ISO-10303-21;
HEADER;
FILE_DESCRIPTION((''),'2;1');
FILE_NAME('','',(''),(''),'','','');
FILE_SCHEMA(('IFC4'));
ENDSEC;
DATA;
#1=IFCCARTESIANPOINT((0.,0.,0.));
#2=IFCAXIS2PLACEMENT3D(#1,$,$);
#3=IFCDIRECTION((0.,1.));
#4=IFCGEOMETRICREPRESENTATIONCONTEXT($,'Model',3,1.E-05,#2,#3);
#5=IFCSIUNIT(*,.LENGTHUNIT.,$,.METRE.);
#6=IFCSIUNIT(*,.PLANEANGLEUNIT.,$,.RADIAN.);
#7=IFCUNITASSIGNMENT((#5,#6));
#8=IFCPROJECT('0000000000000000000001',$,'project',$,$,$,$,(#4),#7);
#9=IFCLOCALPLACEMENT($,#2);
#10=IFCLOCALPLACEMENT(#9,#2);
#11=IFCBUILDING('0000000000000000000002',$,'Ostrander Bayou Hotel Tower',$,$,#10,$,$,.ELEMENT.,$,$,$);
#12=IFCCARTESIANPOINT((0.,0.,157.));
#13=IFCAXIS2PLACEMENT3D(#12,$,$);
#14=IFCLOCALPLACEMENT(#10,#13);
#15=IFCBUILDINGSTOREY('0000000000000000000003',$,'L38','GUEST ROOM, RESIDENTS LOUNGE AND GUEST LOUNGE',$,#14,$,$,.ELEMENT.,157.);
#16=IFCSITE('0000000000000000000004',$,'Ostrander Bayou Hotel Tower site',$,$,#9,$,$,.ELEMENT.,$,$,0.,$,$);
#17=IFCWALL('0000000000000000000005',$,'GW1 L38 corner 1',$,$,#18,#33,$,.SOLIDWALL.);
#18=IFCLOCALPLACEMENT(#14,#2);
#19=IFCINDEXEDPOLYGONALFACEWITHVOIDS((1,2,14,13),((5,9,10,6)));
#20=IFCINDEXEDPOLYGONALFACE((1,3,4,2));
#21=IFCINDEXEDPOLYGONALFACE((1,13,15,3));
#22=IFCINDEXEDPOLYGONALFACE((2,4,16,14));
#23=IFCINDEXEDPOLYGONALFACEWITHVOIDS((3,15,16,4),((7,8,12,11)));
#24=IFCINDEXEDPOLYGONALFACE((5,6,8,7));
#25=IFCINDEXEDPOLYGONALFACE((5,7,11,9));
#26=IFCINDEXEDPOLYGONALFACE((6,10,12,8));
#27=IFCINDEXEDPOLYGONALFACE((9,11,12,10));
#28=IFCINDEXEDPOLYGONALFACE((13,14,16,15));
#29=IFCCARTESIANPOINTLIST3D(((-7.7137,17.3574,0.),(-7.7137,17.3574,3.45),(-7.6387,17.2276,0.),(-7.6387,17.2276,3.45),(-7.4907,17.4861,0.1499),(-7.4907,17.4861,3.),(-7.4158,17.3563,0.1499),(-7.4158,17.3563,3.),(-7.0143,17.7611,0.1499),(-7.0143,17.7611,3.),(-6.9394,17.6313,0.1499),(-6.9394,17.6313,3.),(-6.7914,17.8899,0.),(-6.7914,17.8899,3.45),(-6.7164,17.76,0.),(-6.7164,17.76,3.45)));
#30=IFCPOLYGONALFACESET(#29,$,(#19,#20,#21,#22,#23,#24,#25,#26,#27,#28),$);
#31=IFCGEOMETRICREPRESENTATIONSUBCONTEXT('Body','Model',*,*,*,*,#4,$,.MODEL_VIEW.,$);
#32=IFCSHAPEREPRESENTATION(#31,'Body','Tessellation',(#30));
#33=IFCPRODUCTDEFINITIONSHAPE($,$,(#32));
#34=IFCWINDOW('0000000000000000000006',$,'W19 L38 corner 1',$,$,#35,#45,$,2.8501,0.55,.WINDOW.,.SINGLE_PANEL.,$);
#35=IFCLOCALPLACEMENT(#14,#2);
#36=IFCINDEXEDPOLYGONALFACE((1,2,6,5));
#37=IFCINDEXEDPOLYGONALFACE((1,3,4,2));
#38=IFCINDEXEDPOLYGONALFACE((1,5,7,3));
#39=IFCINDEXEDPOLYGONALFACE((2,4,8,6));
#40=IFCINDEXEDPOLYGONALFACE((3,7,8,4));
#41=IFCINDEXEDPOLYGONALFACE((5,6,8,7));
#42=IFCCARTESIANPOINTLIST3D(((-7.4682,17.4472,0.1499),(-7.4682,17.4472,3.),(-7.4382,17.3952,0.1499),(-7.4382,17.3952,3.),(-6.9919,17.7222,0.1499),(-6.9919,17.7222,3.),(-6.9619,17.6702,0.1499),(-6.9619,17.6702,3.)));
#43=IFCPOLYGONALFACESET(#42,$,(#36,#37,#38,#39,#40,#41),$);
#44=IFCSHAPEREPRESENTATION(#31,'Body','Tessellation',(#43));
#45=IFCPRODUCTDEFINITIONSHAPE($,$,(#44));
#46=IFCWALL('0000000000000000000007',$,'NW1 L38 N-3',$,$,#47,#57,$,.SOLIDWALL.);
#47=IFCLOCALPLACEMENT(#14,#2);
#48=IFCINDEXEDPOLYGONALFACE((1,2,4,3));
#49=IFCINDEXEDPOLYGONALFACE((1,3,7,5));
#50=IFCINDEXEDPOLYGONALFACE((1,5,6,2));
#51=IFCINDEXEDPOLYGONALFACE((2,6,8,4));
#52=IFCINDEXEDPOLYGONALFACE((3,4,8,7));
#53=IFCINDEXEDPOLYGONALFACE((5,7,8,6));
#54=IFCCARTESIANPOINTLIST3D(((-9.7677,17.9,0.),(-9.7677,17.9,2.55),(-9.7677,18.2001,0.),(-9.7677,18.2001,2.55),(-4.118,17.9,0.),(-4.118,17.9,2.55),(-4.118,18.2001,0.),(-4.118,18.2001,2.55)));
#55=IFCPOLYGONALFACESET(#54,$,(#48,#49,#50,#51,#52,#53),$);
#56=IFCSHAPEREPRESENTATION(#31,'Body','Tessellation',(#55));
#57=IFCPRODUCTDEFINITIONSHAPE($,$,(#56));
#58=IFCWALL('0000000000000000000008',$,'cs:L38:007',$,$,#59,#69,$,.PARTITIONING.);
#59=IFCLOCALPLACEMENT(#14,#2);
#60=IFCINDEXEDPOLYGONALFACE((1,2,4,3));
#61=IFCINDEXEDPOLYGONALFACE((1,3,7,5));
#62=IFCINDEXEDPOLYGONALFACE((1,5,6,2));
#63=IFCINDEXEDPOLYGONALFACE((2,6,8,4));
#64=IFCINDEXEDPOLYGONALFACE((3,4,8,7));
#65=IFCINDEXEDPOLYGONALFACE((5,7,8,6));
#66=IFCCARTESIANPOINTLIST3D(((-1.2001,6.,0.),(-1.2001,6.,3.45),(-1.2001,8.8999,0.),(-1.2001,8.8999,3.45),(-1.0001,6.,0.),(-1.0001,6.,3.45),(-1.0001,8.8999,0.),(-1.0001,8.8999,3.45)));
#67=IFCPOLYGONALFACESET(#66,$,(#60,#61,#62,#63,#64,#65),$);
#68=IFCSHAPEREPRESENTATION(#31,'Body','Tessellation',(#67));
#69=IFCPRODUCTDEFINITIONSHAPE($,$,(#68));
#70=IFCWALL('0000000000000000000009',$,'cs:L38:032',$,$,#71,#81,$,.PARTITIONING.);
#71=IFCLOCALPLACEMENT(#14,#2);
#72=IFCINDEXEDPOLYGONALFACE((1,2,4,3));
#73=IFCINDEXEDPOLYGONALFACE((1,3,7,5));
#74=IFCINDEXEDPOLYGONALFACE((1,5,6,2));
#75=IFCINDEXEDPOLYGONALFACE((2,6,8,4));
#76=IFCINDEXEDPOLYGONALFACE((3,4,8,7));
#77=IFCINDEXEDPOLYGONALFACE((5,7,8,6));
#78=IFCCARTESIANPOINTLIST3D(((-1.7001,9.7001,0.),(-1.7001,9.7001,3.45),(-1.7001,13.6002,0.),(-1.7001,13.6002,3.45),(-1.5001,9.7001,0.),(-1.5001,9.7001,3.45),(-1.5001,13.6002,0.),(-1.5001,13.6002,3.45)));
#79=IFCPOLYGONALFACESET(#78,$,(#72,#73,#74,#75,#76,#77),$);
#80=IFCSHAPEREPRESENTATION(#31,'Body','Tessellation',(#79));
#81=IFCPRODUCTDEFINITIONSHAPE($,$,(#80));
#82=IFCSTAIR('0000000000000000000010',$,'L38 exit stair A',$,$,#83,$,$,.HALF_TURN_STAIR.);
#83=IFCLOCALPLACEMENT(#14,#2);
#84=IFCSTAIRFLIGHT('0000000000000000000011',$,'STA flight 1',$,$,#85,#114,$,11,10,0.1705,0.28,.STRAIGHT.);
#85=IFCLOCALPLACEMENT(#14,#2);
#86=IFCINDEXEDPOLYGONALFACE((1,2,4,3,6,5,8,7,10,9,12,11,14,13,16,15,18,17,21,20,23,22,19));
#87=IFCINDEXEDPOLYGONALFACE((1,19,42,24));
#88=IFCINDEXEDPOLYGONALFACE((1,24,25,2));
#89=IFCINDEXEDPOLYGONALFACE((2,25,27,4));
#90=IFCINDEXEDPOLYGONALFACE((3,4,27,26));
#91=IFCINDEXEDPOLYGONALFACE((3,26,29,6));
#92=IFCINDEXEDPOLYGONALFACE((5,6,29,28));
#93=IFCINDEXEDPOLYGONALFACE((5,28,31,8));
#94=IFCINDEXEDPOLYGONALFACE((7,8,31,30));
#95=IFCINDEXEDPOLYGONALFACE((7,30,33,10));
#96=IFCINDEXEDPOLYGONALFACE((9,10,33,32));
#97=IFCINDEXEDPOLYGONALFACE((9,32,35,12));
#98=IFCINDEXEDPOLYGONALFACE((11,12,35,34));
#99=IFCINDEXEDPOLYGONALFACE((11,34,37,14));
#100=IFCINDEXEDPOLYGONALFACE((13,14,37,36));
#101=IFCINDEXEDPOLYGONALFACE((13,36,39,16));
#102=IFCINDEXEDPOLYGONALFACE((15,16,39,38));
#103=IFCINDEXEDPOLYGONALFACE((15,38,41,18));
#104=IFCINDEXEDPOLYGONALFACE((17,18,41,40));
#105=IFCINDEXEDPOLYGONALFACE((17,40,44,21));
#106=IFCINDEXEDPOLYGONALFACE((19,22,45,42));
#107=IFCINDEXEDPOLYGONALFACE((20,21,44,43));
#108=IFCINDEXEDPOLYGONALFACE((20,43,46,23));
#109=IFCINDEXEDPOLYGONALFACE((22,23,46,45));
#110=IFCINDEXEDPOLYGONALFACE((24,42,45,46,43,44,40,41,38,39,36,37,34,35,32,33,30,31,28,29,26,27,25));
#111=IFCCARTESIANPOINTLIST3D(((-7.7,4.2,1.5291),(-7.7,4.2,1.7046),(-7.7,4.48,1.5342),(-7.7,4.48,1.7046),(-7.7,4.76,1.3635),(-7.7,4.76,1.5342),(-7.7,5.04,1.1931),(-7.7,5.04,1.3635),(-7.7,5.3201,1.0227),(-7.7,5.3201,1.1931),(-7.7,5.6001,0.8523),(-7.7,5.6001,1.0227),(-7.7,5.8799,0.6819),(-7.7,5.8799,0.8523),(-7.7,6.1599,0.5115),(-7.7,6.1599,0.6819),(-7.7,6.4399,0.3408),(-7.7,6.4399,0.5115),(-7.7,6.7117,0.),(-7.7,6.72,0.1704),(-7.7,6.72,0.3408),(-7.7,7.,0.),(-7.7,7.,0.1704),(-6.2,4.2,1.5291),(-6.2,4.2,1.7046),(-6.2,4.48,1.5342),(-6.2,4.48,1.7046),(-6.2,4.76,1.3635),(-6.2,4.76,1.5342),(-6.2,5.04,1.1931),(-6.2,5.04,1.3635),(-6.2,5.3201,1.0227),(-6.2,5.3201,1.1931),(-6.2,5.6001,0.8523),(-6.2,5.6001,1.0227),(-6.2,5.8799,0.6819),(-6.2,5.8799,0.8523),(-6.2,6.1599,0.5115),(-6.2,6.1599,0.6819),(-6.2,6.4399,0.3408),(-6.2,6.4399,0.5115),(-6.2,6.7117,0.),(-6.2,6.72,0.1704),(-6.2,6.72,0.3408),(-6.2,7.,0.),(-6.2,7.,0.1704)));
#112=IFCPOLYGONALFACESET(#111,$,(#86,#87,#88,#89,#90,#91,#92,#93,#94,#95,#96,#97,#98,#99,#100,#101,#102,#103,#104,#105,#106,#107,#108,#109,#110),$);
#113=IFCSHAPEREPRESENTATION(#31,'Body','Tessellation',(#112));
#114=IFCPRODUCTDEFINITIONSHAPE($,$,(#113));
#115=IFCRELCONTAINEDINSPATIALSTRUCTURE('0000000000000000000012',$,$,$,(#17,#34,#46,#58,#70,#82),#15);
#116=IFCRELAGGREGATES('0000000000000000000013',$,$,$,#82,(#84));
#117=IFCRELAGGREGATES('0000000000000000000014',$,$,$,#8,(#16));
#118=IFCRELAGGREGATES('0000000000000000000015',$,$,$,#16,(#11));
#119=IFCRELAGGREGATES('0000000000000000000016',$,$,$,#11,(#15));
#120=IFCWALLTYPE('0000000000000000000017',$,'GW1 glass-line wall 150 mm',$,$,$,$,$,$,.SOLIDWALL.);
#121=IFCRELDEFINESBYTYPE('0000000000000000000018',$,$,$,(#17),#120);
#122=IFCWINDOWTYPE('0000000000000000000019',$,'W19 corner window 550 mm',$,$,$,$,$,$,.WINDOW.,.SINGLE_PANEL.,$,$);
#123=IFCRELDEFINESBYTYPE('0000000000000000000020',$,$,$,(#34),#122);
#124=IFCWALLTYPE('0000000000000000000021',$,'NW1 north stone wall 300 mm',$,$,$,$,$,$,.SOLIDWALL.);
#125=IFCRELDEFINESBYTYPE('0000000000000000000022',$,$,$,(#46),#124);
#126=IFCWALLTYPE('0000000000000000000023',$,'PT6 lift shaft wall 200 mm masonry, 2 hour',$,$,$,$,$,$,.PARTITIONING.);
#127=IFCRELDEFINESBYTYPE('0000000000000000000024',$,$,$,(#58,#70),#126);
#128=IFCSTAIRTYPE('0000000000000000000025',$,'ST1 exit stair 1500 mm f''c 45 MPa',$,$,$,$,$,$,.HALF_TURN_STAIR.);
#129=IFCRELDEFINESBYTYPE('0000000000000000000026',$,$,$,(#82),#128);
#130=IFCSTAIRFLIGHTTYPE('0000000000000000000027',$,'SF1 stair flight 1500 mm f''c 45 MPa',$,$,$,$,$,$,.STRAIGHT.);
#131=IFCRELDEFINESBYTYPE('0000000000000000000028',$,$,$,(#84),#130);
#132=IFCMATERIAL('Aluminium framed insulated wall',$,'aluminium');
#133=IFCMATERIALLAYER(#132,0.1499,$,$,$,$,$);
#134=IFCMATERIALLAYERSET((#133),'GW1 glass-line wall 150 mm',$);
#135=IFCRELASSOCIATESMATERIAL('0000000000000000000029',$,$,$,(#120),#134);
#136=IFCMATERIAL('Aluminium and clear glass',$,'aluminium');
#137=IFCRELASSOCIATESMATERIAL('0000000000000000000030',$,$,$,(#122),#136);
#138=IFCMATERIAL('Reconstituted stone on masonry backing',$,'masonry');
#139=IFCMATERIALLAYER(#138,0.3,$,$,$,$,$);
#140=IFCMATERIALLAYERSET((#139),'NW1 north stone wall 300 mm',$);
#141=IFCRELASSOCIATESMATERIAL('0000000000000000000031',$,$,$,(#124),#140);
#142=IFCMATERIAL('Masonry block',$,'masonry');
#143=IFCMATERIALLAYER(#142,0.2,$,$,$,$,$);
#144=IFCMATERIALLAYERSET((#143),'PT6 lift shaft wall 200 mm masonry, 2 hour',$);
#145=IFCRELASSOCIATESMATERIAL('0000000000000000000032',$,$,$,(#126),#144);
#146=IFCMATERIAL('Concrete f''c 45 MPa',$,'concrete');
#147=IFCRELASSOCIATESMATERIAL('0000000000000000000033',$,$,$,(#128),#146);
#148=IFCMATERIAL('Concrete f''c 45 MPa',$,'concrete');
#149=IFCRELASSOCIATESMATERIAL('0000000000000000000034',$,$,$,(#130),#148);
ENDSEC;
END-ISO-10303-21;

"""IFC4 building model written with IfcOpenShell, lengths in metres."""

from ifc_helpers import new_model, si_unit, direction, frame, frame_2d, origin, place, context, subcontext, project, spatial, polyline, rectangle, outline, extrude, material, layer, layer_set, type_object, element, fill, aggregate, save


model = new_model("IFC4")

# Units and contexts
model_context = context("Model", 3, precision=1e-05, world=origin(), true_north=direction((0.0, 1.0)))
body_context = subcontext(model_context, "Body", "Model", "MODEL_VIEW")
ifc_project = project(units=[si_unit("LENGTHUNIT", "METRE"), si_unit("PLANEANGLEUNIT", "RADIAN")], contexts=[model_context])

# Site, building, storey
site_placement = place(None, origin())
site = spatial("IfcSite", under=ifc_project, at=site_placement, Name="Ostrander Bayou Hotel Tower site", CompositionType="ELEMENT", RefElevation=0.0)
building_placement = place(site_placement, origin())
building = spatial("IfcBuilding", under=site, at=building_placement, Name="Ostrander Bayou Hotel Tower", CompositionType="ELEMENT")
storey_placement = place(building_placement, frame((0.0, 0.0, 157.0)))
storey = spatial("IfcBuildingStorey", under=building, at=storey_placement, Name="L38", Description="GUEST ROOM, RESIDENTS LOUNGE AND GUEST LOUNGE", CompositionType="ELEMENT", Elevation=157.0)

# Shared definitions
ifc_material_1 = material(Name="Aluminium framed insulated wall", Category="aluminium")
ifc_layer_1 = layer(ifc_material_1, 0.1499)
ifc_layer_set_1 = layer_set([ifc_layer_1], Name="GW1 glass-line wall 150 mm")
wall_type_1 = type_object("IfcWallType", Name="GW1 glass-line wall 150 mm", PredefinedType="SOLIDWALL", material=ifc_layer_set_1)

# Wall, opening, window
wall_1_placement = place(storey_placement, frame((-6.7539, 17.825, 0.0), z_axis=(0.0, 0.0, 1.0), x_axis=(-0.866048, -0.499961, 0.0)))
wall_1 = element("IfcWall", 1, at=wall_1_placement, inside=storey, type_object=wall_type_1, Name="GW1 L38 corner 1", PredefinedType="SOLIDWALL", context=body_context, shape_type="SweptSolid", body=[
    extrude(rectangle(XDim=1.0649, YDim=0.1499, at=frame_2d((0.5325, 0.0))), origin(), (0.0, 0.0, 1.0), 3.45),
])
opening_1_placement = place(wall_1_placement, frame((0.2576, 0.0, 0.1499)))
opening_1 = element("IfcOpeningElement", 2, at=opening_1_placement, cuts=wall_1, PredefinedType="OPENING", context=body_context, shape_type="SweptSolid", body=[
    extrude(rectangle(XDim=0.55, YDim=2.8501, at=frame_2d((0.2749, 1.425))), frame((0.0, 0.075, 0.0), z_axis=(0.0, -1.0, 0.0), x_axis=(1.0, 0.0, 0.0)), (0.0, 0.0, 1.0), 0.1499),
])
ifc_material_2 = material(Name="Aluminium and clear glass", Category="aluminium")
window_type_1 = type_object("IfcWindowType", Name="W19 corner window 550 mm", PartitioningType="SINGLE_PANEL", PredefinedType="WINDOW", material=ifc_material_2)
window_1_placement = place(opening_1_placement, origin())
window_1 = element("IfcWindow", 3, at=window_1_placement, inside=storey, type_object=window_type_1, Name="W19 L38 corner 1", OverallHeight=2.8501, OverallWidth=0.55, PartitioningType="SINGLE_PANEL", PredefinedType="WINDOW", context=body_context, shape_type="SweptSolid", body=[
    extrude(rectangle(XDim=0.55, YDim=2.8501, at=frame_2d((0.2749, 1.425))), frame((0.0, 0.03, 0.0), z_axis=(0.0, -1.0, 0.0), x_axis=(1.0, 0.0, 0.0)), (0.0, 0.0, 1.0), 0.0601),
])
fill(opening_1, window_1)

# Wall
ifc_material_3 = material(Name="Reconstituted stone on masonry backing", Category="masonry")
ifc_layer_2 = layer(ifc_material_3, 0.3)
ifc_layer_set_2 = layer_set([ifc_layer_2], Name="NW1 north stone wall 300 mm")
wall_type_2 = type_object("IfcWallType", Name="NW1 north stone wall 300 mm", PredefinedType="SOLIDWALL", material=ifc_layer_set_2)
wall_2_placement = place(storey_placement, frame((-4.1182, 18.05, 0.0), z_axis=(0.0, 0.0, 1.0), x_axis=(-1.0, 0.0, 0.0)))
element("IfcWall", 4, at=wall_2_placement, inside=storey, type_object=wall_type_2, Name="NW1 L38 N-3", PredefinedType="SOLIDWALL", context=body_context, shape_type="SweptSolid", body=[
    extrude(rectangle(XDim=5.6497, YDim=0.3, at=frame_2d((2.8247, 0.0))), origin(), (0.0, 0.0, 1.0), 2.55),
])

# Shared definitions
ifc_material_4 = material(Name="Masonry block", Category="masonry")
ifc_layer_3 = layer(ifc_material_4, 0.2)
ifc_layer_set_3 = layer_set([ifc_layer_3], Name="PT6 lift shaft wall 200 mm masonry, 2 hour")
wall_type_3 = type_object("IfcWallType", Name="PT6 lift shaft wall 200 mm masonry, 2 hour", PredefinedType="PARTITIONING", material=ifc_layer_set_3)

# Walls
wall_3_placement = place(storey_placement, frame((-1.1001, 6.0, 0.0), z_axis=(0.0, 0.0, 1.0), x_axis=(0.0, 1.0, 0.0)))
element("IfcWall", 5, at=wall_3_placement, inside=storey, type_object=wall_type_3, Name="cs:L38:007", PredefinedType="PARTITIONING", context=body_context, shape_type="SweptSolid", body=[
    extrude(rectangle(XDim=2.8999, YDim=0.2, at=frame_2d((1.45, 0.0))), origin(), (0.0, 0.0, 1.0), 3.45),
])
wall_4_placement = place(storey_placement, frame((-1.6001, 9.7, 0.0), z_axis=(0.0, 0.0, 1.0), x_axis=(0.0, 1.0, 0.0)))
element("IfcWall", 6, at=wall_4_placement, inside=storey, type_object=wall_type_3, Name="cs:L38:032", PredefinedType="PARTITIONING", context=body_context, shape_type="SweptSolid", body=[
    extrude(rectangle(XDim=3.9001, YDim=0.2, at=frame_2d((1.9502, 0.0))), origin(), (0.0, 0.0, 1.0), 3.45),
])

# Stair, stair flight
ifc_material_5 = material(Name="Concrete f'c 45 MPa", Category="concrete")
stair_type = type_object("IfcStairType", Name="ST1 exit stair 1500 mm f'c 45 MPa", PredefinedType="HALF_TURN_STAIR", material=ifc_material_5)
stair_placement = place(storey_placement, origin())
stair = element("IfcStair", 7, at=stair_placement, inside=storey, type_object=stair_type, Name="L38 exit stair A", PredefinedType="HALF_TURN_STAIR")
ifc_material_6 = material(Name="Concrete f'c 45 MPa", Category="concrete")
stair_flight_type = type_object("IfcStairFlightType", Name="SF1 stair flight 1500 mm f'c 45 MPa", PredefinedType="STRAIGHT", material=ifc_material_6)
stair_flight_placement = place(storey_placement, frame((-6.95, 7.0, 0.0), z_axis=(0.0, 0.0, 1.0), x_axis=(0.0, -1.0, 0.0)))
stair_flight = element("IfcStairFlight", 8, at=stair_flight_placement, type_object=stair_flight_type, Name="STA flight 1", NumberOfRisers=11, NumberOfTreads=10, PredefinedType="STRAIGHT", RiserHeight=0.1705, TreadLength=0.28, context=body_context, shape_type="SweptSolid", body=[
    extrude(outline(polyline([(0.0, 0.0), (0.0, 0.1704), (0.28, 0.1704), (0.28, 0.3408), (0.5601, 0.3408), (0.5601, 0.5115), (0.8401, 0.5115), (0.8401, 0.6819), (1.1201, 0.6819), (1.1201, 0.8523), (1.3999, 0.8523), (1.3999, 1.0227), (1.6799, 1.0227), (1.6799, 1.1931), (1.96, 1.1931), (1.96, 1.3635), (2.24, 1.3635), (2.24, 1.5342), (2.52, 1.5342), (2.52, 1.7046), (2.8, 1.7046), (2.8, 1.875), (2.8, 1.5291), (0.2883, 0.0), (0.0, 0.0)])), frame((0.0, 0.75, 0.0), z_axis=(0.0, -1.0, 0.0), x_axis=(1.0, 0.0, 0.0)), (0.0, 0.0, 1.0), 1.5),
])
aggregate(stair, [stair_flight])

save(model, "model.ifc")
